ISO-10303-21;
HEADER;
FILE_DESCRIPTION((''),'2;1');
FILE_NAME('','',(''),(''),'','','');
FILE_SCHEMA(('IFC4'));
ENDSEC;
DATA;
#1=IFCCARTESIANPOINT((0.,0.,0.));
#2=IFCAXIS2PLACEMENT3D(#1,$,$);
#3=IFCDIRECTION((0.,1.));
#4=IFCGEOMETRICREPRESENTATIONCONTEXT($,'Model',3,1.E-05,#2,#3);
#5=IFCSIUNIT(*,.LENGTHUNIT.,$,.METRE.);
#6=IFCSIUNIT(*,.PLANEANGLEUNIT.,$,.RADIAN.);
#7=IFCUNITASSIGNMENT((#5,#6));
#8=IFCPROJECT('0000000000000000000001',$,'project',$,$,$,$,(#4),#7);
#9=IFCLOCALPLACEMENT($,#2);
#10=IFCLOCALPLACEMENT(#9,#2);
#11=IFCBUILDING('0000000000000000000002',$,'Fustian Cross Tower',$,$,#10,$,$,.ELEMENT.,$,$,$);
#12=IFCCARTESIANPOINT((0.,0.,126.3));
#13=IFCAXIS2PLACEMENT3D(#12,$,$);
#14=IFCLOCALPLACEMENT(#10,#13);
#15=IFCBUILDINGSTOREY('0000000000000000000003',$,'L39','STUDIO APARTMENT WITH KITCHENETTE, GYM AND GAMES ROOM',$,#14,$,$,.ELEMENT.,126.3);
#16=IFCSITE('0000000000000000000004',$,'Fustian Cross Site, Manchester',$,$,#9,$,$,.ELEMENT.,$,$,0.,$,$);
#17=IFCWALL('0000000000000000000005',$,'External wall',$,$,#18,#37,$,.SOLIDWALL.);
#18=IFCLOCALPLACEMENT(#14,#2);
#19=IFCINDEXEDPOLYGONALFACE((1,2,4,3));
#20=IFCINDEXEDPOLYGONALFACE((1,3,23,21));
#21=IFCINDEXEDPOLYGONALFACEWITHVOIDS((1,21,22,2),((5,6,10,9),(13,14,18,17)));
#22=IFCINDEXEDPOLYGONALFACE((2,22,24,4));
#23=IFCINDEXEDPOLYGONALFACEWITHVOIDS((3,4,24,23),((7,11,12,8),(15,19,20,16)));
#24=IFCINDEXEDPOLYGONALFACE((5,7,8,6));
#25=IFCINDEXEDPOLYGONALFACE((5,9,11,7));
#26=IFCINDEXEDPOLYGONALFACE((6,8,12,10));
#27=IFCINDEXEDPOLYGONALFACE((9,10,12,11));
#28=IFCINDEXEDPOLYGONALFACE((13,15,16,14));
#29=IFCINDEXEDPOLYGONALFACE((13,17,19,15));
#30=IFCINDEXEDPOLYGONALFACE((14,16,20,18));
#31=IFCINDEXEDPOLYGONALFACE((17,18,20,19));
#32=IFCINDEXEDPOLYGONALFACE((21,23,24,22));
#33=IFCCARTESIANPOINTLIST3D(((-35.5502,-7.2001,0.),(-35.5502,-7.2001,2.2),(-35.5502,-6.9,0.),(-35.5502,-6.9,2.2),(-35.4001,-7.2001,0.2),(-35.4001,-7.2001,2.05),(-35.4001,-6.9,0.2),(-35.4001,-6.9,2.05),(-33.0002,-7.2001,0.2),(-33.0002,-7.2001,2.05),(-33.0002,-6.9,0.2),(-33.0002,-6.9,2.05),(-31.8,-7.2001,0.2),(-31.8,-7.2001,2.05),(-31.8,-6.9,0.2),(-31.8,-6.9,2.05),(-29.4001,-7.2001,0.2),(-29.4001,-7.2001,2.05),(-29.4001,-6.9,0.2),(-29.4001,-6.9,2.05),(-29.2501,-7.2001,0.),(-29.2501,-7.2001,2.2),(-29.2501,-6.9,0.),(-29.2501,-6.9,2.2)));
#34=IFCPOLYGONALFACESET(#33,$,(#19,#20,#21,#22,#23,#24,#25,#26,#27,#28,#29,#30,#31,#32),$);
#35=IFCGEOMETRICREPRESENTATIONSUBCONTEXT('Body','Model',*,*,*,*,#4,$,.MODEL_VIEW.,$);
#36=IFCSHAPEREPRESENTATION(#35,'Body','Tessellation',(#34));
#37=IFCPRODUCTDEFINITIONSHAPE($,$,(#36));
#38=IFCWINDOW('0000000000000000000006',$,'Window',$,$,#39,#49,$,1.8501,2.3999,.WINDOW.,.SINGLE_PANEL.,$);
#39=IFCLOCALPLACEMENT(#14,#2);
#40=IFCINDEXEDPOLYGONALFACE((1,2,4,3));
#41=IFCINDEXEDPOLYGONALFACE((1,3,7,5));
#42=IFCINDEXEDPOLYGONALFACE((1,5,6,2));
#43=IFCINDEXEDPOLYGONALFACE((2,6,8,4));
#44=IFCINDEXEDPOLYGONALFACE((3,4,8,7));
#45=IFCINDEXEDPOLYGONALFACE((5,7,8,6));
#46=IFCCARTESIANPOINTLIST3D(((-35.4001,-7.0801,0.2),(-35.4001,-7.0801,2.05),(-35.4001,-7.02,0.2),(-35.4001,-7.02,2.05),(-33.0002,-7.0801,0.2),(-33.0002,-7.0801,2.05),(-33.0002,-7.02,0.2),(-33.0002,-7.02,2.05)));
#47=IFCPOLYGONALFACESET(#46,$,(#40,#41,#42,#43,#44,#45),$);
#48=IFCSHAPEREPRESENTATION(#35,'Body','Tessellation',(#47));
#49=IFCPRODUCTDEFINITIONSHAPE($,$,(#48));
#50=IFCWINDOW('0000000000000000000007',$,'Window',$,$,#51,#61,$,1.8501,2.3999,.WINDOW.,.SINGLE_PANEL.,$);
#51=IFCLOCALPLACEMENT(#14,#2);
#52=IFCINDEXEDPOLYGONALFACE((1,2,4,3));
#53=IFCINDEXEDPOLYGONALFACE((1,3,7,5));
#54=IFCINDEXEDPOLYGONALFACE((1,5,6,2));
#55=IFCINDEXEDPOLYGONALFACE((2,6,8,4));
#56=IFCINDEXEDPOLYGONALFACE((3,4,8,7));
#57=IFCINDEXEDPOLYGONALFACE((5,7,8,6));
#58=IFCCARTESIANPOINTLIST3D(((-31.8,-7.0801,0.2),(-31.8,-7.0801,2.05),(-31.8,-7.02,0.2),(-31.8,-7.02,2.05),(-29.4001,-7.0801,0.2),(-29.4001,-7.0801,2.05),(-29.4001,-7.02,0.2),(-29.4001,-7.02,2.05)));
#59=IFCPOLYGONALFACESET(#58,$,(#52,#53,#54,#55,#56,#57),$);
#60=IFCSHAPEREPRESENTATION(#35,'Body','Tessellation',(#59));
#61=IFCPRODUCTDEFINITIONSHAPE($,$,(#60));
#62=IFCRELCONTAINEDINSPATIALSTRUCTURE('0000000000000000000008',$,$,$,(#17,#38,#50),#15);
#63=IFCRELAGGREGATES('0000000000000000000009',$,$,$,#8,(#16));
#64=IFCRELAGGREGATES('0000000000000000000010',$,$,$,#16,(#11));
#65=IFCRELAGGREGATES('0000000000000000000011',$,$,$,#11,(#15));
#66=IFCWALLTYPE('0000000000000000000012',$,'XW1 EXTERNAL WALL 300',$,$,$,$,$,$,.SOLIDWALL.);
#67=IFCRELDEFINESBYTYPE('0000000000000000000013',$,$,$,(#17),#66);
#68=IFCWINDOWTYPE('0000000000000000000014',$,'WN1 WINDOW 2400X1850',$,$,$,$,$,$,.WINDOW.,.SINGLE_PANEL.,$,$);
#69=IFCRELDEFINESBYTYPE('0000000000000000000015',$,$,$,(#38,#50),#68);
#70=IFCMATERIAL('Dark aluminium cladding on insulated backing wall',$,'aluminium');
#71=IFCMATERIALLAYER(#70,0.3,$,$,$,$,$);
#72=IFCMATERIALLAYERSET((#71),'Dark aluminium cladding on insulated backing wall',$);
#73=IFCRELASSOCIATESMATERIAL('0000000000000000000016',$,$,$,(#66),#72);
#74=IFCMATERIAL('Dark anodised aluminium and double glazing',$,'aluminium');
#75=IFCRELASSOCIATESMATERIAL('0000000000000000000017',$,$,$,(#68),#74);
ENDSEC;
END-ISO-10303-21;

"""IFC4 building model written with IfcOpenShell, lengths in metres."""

from ifc_helpers import new_model, si_unit, direction, frame, frame_2d, origin, place, context, subcontext, project, spatial, rectangle, extrude, material, layer, layer_set, type_object, element, fill, save


model = new_model("IFC4")

# Units and contexts
model_context = context("Model", 3, precision=1e-05, world=origin(), true_north=direction((0.0, 1.0)))
body_context = subcontext(model_context, "Body", "Model", "MODEL_VIEW")
ifc_project = project(units=[si_unit("LENGTHUNIT", "METRE"), si_unit("PLANEANGLEUNIT", "RADIAN")], contexts=[model_context])

# Site, building, storey
site_placement = place(None, origin())
site = spatial("IfcSite", under=ifc_project, at=site_placement, Name="Fustian Cross Site, Manchester", CompositionType="ELEMENT", RefElevation=0.0)
building_placement = place(site_placement, origin())
building = spatial("IfcBuilding", under=site, at=building_placement, Name="Fustian Cross Tower", CompositionType="ELEMENT")
storey_placement = place(building_placement, frame((0.0, 0.0, 126.3)))
storey = spatial("IfcBuildingStorey", under=building, at=storey_placement, Name="L39", Description="STUDIO APARTMENT WITH KITCHENETTE, GYM AND GAMES ROOM", CompositionType="ELEMENT", Elevation=126.3)

# Wall, openings, windows
ifc_material_1 = material(Name="Dark aluminium cladding on insulated backing wall", Category="aluminium")
ifc_layer_1 = layer(ifc_material_1, 0.3)
ifc_layer_set_1 = layer_set([ifc_layer_1], Name="Dark aluminium cladding on insulated backing wall")
wall_type_1 = type_object("IfcWallType", Name="XW1 EXTERNAL WALL 300", PredefinedType="SOLIDWALL", material=ifc_layer_set_1)
wall_1_placement = place(storey_placement, frame((-35.55, -7.05, 0.0), z_axis=(0.0, 0.0, 1.0), x_axis=(1.0, 0.0, 0.0)))
wall_1 = element("IfcWall", 1, at=wall_1_placement, inside=storey, type_object=wall_type_1, Name="External wall", PredefinedType="SOLIDWALL", context=body_context, shape_type="SweptSolid", body=[
    extrude(rectangle(XDim=6.3, YDim=0.3, at=frame_2d((3.1499, 0.0))), origin(), (0.0, 0.0, 1.0), 2.2),
])
opening_1_placement = place(wall_1_placement, frame((0.1499, 0.0, 0.2)))
opening_1 = element("IfcOpeningElement", 2, at=opening_1_placement, cuts=wall_1, PredefinedType="OPENING", context=body_context, shape_type="SweptSolid", body=[
    extrude(rectangle(XDim=2.3999, YDim=1.8501, at=frame_2d((1.2, 0.925))), frame((0.0, 0.1599, 0.0), z_axis=(0.0, -1.0, 0.0), x_axis=(1.0, 0.0, 0.0)), (0.0, 0.0, 1.0), 0.3201),
])
opening_2_placement = place(wall_1_placement, frame((3.75, 0.0, 0.2)))
opening_2 = element("IfcOpeningElement", 3, at=opening_2_placement, cuts=wall_1, PredefinedType="OPENING", context=body_context, shape_type="SweptSolid", body=[
    extrude(rectangle(XDim=2.3999, YDim=1.8501, at=frame_2d((1.2, 0.925))), frame((0.0, 0.1599, 0.0), z_axis=(0.0, -1.0, 0.0), x_axis=(1.0, 0.0, 0.0)), (0.0, 0.0, 1.0), 0.3201),
])
ifc_material_2 = material(Name="Dark anodised aluminium and double glazing", Category="aluminium")
window_type = type_object("IfcWindowType", Name="WN1 WINDOW 2400X1850", PartitioningType="SINGLE_PANEL", PredefinedType="WINDOW", material=ifc_material_2)
window_1_placement = place(opening_1_placement, origin())
window_1 = element("IfcWindow", 4, at=window_1_placement, inside=storey, type_object=window_type, Name="Window", OverallHeight=1.8501, OverallWidth=2.3999, PartitioningType="SINGLE_PANEL", PredefinedType="WINDOW", context=body_context, shape_type="SweptSolid", body=[
    extrude(rectangle(XDim=2.3999, YDim=1.8501, at=frame_2d((1.2, 0.925))), frame((0.0, 0.03, 0.0), z_axis=(0.0, -1.0, 0.0), x_axis=(1.0, 0.0, 0.0)), (0.0, 0.0, 1.0), 0.0601),
])
fill(opening_1, window_1)
window_2_placement = place(opening_2_placement, origin())
window_2 = element("IfcWindow", 5, at=window_2_placement, inside=storey, type_object=window_type, Name="Window", OverallHeight=1.8501, OverallWidth=2.3999, PartitioningType="SINGLE_PANEL", PredefinedType="WINDOW", context=body_context, shape_type="SweptSolid", body=[
    extrude(rectangle(XDim=2.3999, YDim=1.8501, at=frame_2d((1.2, 0.925))), frame((0.0, 0.03, 0.0), z_axis=(0.0, -1.0, 0.0), x_axis=(1.0, 0.0, 0.0)), (0.0, 0.0, 1.0), 0.0601),
])
fill(opening_2, window_2)

save(model, "model.ifc")
